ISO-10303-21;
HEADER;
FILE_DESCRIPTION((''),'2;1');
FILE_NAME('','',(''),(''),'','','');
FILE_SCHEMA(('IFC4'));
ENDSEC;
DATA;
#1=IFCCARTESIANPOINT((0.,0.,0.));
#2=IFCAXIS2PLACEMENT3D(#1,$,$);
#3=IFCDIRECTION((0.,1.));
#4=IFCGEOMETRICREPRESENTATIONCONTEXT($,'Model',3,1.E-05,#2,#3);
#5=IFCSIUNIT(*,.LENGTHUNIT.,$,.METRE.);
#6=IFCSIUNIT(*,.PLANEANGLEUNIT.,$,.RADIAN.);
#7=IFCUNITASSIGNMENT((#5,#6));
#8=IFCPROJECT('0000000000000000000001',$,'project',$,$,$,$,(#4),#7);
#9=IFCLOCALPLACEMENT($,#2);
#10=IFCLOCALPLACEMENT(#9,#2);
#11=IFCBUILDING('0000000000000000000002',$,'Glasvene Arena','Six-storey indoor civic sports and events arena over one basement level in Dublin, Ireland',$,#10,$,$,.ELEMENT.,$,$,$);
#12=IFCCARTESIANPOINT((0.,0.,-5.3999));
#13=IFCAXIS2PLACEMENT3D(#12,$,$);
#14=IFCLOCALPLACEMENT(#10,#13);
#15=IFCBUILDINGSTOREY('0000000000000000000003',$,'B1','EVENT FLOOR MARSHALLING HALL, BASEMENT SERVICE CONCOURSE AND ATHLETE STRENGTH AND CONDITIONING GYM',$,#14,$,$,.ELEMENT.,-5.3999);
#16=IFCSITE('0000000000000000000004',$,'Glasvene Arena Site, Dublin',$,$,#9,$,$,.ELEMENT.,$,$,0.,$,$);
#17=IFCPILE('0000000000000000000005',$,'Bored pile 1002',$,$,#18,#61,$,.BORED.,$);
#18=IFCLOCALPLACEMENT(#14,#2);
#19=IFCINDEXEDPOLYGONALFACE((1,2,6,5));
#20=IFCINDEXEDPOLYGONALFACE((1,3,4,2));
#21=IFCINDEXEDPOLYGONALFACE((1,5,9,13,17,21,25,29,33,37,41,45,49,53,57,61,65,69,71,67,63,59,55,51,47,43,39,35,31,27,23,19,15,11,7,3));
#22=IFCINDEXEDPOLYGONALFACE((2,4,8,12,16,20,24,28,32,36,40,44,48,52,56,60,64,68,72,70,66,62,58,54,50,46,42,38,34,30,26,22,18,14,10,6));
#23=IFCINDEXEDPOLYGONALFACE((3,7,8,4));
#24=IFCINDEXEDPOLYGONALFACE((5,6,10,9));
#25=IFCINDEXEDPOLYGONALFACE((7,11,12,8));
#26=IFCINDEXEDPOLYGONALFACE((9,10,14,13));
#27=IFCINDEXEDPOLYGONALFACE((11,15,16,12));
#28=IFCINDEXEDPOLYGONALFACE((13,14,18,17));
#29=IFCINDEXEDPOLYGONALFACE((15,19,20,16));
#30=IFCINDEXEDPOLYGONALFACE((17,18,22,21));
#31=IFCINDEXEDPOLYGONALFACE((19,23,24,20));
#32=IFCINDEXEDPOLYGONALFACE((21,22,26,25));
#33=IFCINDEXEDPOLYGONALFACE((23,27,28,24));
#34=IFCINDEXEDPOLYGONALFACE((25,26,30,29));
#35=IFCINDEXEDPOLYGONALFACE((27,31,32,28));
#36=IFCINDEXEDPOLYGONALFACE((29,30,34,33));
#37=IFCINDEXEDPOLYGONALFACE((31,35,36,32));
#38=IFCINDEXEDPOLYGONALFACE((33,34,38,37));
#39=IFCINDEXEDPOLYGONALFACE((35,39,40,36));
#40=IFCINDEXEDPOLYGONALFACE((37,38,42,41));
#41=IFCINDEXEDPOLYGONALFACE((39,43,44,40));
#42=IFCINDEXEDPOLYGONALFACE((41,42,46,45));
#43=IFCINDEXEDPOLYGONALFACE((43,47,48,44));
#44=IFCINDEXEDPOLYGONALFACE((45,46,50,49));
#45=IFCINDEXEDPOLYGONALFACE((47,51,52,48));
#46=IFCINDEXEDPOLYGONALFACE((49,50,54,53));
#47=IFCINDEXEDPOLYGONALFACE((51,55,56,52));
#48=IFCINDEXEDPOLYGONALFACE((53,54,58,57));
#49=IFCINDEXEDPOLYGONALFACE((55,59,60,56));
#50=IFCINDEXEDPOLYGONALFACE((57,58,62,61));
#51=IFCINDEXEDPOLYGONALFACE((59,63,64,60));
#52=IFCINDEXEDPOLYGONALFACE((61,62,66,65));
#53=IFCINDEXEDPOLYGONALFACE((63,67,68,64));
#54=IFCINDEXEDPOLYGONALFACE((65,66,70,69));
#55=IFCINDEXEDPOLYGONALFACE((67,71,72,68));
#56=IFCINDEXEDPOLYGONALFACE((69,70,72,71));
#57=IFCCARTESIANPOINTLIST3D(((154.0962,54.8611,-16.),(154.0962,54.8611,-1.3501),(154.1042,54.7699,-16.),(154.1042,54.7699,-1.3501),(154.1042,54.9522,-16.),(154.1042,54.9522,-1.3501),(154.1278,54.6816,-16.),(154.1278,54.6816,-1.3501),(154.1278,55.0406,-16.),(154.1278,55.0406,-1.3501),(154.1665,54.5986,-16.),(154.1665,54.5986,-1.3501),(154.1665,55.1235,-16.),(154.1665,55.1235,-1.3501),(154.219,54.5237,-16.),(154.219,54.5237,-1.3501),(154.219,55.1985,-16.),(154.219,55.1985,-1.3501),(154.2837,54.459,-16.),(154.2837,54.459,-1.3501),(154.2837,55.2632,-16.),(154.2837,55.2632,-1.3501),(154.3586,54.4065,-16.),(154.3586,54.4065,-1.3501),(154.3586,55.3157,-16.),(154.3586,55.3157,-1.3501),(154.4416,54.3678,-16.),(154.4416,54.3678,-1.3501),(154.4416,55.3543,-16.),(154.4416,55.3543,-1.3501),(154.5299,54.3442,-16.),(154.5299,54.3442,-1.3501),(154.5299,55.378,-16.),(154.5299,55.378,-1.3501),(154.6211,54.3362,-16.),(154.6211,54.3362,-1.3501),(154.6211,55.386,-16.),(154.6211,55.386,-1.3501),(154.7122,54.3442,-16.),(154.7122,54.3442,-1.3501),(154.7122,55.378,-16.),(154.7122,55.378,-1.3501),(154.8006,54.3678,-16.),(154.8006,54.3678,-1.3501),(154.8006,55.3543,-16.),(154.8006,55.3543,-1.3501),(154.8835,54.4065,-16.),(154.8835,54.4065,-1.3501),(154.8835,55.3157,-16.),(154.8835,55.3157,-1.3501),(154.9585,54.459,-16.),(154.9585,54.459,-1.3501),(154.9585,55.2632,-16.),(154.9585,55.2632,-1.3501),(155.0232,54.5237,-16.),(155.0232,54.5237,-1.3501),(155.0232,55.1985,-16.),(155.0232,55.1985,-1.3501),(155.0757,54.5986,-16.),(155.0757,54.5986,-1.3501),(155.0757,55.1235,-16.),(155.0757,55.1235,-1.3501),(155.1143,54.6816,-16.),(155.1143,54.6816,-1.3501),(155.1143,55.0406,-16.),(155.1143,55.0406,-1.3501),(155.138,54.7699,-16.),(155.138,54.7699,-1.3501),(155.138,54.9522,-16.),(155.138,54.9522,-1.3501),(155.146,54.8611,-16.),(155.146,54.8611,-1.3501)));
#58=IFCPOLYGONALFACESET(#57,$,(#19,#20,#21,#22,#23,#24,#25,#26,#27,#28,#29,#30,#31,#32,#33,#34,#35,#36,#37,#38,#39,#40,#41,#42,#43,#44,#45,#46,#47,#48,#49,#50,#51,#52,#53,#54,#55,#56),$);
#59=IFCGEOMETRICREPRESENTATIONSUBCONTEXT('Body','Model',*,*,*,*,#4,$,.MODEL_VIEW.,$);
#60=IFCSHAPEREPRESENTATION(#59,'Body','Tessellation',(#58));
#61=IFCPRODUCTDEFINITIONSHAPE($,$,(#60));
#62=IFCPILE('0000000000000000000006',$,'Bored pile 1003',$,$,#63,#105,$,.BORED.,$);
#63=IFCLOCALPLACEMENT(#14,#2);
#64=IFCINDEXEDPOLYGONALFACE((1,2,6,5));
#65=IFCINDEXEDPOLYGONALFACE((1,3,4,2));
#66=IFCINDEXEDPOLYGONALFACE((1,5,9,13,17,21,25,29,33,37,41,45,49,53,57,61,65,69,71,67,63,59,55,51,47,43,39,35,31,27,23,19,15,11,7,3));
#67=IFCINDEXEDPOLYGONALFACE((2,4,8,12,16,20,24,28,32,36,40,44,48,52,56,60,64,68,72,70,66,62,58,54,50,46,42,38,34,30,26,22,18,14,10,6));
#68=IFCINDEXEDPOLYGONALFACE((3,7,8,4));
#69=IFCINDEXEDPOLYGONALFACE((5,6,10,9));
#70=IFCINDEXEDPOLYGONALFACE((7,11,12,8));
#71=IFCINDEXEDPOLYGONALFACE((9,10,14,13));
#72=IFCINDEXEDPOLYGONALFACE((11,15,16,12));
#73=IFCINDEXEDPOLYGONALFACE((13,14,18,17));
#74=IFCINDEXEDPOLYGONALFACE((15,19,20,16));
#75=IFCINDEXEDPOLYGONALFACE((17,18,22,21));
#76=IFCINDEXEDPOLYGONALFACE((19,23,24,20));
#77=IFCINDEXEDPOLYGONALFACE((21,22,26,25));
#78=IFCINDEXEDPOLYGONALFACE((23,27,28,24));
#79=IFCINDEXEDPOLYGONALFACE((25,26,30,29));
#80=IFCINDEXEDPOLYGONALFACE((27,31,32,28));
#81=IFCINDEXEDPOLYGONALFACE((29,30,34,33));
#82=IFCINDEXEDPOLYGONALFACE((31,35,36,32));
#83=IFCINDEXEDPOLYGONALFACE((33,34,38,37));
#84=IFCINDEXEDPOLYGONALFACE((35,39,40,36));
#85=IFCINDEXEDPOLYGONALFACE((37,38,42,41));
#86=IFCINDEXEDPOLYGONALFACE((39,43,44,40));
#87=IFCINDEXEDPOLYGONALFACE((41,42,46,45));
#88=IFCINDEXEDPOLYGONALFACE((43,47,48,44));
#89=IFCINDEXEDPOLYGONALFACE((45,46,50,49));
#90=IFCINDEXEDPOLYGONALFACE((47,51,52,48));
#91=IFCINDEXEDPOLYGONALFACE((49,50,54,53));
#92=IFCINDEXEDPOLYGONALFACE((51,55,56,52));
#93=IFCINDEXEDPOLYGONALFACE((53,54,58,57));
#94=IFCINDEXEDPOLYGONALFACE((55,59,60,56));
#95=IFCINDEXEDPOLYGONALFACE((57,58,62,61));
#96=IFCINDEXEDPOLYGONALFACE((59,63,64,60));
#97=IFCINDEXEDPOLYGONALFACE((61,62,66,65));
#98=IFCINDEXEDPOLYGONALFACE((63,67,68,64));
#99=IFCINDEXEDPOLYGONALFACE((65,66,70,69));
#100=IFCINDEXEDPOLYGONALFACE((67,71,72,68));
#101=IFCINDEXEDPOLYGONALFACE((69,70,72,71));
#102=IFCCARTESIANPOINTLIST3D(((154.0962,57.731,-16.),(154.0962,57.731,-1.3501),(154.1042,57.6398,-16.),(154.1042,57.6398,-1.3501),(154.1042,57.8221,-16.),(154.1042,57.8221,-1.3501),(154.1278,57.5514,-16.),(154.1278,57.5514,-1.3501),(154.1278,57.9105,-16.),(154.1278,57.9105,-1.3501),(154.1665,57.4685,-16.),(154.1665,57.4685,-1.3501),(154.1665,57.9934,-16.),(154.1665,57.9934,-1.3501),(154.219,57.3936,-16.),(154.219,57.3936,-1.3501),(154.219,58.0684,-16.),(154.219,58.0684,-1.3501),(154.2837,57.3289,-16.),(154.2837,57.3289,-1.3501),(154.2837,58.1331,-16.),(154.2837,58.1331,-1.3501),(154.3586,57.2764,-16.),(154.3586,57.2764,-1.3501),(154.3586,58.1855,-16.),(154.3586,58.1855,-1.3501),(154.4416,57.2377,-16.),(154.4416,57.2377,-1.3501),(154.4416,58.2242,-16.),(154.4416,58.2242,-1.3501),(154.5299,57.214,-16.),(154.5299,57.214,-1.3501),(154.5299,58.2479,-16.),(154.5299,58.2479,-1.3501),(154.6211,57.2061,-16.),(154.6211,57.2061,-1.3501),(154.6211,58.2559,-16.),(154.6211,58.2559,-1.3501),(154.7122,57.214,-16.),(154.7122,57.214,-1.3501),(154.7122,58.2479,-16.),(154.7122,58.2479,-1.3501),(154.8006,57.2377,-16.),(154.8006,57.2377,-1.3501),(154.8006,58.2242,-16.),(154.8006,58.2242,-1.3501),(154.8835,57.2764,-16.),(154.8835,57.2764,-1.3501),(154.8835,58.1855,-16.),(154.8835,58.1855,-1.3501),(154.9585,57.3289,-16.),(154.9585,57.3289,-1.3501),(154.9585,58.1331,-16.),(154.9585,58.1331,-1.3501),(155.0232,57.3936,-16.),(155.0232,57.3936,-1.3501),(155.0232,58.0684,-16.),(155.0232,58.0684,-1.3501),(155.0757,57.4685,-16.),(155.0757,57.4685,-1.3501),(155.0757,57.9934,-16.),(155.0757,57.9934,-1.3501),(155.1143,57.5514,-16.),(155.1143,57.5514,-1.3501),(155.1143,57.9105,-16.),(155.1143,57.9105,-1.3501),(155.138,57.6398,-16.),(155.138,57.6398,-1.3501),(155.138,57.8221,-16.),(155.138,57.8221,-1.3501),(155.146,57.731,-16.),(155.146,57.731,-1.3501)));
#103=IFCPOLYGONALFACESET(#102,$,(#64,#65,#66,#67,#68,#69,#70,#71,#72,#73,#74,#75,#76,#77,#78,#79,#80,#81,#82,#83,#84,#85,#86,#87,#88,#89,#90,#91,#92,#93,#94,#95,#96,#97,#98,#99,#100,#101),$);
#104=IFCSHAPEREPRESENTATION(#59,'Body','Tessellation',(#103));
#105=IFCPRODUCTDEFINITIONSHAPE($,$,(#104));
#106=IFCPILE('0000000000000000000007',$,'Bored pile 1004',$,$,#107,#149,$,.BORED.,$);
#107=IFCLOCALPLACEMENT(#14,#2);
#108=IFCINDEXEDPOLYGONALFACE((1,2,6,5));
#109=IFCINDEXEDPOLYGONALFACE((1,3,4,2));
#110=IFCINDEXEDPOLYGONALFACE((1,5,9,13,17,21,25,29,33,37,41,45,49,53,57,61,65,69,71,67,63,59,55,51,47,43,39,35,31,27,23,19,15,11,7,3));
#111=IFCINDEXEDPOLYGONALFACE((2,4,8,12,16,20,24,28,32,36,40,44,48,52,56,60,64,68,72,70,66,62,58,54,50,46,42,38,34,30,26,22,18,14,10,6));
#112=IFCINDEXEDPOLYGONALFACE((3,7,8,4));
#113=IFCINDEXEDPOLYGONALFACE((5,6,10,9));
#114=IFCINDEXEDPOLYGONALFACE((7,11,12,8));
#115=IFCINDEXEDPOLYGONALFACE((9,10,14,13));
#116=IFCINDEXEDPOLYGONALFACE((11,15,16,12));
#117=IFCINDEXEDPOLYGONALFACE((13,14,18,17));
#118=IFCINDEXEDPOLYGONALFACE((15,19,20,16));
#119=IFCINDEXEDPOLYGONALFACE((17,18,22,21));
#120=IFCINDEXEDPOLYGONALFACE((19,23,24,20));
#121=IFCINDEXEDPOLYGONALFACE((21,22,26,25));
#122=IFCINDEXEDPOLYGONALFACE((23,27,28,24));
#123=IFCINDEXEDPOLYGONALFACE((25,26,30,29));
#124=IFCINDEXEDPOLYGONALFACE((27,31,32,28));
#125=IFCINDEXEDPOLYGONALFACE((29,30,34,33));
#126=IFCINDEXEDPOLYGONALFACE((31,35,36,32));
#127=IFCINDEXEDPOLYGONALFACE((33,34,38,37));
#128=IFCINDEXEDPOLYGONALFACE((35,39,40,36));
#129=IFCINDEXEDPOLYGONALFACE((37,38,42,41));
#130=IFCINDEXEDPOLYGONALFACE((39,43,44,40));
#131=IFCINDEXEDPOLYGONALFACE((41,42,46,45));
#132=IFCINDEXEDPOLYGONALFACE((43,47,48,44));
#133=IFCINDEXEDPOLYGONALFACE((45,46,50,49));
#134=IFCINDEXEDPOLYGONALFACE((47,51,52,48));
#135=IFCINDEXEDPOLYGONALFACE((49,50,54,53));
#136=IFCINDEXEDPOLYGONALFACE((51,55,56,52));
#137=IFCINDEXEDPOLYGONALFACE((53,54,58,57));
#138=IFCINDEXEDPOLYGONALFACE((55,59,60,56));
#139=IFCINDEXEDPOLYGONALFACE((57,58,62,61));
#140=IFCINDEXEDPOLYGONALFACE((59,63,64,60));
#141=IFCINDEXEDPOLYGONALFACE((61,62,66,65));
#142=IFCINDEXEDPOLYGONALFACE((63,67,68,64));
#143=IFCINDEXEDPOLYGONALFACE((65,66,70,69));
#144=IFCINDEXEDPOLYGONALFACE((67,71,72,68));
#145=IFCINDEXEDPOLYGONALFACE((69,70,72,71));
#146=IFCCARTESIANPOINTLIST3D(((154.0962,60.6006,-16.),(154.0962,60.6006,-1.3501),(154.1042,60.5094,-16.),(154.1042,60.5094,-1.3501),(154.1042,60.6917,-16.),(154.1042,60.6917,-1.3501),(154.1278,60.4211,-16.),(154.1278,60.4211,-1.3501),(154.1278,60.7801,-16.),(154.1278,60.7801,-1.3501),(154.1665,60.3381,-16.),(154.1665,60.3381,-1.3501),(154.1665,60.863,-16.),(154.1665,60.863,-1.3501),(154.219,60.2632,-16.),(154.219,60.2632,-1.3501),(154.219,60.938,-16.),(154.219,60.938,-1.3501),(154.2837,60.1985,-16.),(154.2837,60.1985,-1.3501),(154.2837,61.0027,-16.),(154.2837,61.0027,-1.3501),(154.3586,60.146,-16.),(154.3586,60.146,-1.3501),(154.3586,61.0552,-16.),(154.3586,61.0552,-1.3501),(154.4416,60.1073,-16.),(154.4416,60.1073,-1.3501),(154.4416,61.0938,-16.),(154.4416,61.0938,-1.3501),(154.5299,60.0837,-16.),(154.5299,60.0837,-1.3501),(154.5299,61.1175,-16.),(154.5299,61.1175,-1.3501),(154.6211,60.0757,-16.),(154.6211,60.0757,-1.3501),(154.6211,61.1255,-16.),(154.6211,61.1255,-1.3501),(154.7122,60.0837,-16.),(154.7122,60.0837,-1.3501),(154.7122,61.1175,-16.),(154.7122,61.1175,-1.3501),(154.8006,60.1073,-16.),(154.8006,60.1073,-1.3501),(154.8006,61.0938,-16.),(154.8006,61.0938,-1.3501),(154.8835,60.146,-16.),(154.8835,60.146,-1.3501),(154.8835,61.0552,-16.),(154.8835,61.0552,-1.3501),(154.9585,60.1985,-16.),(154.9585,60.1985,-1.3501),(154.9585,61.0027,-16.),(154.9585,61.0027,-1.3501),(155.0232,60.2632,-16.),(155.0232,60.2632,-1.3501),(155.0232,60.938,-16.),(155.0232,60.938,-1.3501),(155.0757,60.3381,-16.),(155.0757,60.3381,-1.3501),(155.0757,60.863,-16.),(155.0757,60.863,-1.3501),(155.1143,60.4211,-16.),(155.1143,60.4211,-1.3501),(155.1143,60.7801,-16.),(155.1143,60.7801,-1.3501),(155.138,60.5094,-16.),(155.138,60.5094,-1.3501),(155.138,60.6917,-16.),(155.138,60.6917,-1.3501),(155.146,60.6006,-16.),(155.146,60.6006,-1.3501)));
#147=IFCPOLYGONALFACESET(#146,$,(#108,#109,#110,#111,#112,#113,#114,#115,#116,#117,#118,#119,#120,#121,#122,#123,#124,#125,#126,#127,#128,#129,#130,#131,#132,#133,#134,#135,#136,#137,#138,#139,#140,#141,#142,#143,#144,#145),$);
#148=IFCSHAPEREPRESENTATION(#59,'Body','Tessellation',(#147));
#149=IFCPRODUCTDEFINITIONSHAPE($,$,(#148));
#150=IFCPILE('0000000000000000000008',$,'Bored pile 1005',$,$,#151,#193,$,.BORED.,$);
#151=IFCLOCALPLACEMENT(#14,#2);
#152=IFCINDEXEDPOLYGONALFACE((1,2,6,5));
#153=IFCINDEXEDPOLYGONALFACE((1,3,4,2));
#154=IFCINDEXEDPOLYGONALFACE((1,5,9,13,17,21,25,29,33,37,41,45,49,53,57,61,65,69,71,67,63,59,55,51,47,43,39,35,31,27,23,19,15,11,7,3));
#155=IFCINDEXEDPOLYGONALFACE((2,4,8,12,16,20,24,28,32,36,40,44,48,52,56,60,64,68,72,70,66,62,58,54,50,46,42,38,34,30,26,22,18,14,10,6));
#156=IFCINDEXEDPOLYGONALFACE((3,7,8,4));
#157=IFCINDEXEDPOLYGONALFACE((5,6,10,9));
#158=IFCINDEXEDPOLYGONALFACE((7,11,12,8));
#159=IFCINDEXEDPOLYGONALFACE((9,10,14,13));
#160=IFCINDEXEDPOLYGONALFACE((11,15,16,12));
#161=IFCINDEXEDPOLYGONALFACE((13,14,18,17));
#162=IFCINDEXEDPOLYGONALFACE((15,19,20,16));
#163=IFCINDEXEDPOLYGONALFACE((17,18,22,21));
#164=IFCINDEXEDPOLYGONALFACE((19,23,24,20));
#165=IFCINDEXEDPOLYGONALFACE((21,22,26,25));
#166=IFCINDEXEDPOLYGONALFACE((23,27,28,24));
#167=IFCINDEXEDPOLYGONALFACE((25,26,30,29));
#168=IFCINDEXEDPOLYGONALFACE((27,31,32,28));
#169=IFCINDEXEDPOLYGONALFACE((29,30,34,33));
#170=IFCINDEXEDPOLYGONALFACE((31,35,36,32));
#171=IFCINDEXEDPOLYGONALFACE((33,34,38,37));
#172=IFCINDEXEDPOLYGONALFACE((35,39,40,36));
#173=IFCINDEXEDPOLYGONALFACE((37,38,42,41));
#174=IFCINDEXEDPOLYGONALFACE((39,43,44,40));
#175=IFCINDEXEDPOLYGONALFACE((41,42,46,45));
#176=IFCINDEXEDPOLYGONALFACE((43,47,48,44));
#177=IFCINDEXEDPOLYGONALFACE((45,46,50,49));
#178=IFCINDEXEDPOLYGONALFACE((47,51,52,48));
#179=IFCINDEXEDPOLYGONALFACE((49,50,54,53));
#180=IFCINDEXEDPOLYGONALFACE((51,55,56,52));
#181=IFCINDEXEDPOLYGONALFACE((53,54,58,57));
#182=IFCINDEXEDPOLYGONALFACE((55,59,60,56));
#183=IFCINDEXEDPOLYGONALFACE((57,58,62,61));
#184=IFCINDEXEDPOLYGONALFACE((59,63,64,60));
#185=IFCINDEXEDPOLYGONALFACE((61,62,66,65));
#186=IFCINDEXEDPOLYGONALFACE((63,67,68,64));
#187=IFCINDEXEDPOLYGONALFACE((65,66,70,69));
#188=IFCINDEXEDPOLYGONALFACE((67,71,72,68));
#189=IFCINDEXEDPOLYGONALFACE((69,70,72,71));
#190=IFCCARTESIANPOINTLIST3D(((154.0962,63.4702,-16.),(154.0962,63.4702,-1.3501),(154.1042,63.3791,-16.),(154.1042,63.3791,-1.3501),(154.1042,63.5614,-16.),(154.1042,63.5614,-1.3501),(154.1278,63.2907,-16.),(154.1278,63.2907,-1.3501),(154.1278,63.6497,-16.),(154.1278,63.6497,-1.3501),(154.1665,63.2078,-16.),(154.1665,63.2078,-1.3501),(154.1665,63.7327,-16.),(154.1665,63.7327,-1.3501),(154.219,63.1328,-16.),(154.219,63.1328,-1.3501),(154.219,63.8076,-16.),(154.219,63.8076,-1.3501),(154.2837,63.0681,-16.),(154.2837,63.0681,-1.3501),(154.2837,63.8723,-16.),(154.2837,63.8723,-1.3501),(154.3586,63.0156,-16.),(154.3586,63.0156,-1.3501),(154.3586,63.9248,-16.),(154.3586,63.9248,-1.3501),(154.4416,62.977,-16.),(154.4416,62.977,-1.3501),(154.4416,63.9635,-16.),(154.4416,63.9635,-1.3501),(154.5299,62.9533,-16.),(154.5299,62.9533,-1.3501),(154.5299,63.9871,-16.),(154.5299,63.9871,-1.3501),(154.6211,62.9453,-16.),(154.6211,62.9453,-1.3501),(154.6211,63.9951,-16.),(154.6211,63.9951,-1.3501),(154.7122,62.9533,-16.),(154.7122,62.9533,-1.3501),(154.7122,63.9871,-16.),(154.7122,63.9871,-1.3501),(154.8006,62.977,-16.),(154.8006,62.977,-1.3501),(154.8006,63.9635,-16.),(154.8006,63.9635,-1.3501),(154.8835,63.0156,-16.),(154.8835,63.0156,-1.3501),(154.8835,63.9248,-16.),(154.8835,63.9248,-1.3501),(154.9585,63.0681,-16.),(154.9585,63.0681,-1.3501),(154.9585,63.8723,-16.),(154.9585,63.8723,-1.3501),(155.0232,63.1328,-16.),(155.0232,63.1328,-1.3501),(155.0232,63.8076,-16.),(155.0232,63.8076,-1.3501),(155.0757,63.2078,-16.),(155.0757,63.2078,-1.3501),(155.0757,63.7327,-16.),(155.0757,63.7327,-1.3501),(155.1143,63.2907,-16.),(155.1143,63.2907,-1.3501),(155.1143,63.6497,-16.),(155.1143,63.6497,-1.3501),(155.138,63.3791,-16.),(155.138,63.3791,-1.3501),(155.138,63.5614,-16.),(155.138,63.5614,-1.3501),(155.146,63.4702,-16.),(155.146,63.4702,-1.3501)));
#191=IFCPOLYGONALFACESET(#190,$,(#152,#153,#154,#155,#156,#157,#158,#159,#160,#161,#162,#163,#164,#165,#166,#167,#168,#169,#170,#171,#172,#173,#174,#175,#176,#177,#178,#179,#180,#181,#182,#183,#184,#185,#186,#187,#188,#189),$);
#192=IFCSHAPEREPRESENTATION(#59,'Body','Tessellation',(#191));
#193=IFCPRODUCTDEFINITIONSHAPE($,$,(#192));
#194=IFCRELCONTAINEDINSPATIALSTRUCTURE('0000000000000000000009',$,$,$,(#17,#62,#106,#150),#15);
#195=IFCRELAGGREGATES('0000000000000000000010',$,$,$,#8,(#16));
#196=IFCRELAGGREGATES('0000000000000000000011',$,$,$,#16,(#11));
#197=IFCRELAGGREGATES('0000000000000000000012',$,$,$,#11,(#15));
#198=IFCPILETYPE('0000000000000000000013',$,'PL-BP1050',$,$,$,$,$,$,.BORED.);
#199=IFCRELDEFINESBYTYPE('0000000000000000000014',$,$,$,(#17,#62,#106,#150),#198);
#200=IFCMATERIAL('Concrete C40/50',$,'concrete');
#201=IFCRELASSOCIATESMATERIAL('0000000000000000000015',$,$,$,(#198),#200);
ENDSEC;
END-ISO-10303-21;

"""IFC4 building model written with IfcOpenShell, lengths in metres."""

from ifc_helpers import new_model, si_unit, direction, frame, origin, origin_2d, place, context, subcontext, project, spatial, circle, extrude, material, material_profile, profile_set, type_object, element, save


model = new_model("IFC4")

# Units and contexts
model_context = context("Model", 3, precision=1e-05, world=origin(), true_north=direction((0.0, 1.0)))
body_context = subcontext(model_context, "Body", "Model", "MODEL_VIEW")
ifc_project = project(units=[si_unit("LENGTHUNIT", "METRE"), si_unit("PLANEANGLEUNIT", "RADIAN")], contexts=[model_context])

# Site, building, storey
site_placement = place(None, origin())
site = spatial("IfcSite", under=ifc_project, at=site_placement, Name="Glasvene Arena Site, Dublin", CompositionType="ELEMENT", RefElevation=0.0)
building_placement = place(site_placement, origin())
building = spatial("IfcBuilding", under=site, at=building_placement, Name="Glasvene Arena", Description="Six-storey indoor civic sports and events arena over one basement level in Dublin, Ireland", CompositionType="ELEMENT")
storey_placement = place(building_placement, frame((0.0, 0.0, -5.3999)))
storey = spatial("IfcBuildingStorey", under=building, at=storey_placement, Name="B1", Description="EVENT FLOOR MARSHALLING HALL, BASEMENT SERVICE CONCOURSE AND ATHLETE STRENGTH AND CONDITIONING GYM", CompositionType="ELEMENT", Elevation=-5.3999)

# Piles
ifc_material_1 = material(Name="Concrete C40/50", Category="concrete")
ifc_material_profile_1 = material_profile(ifc_material_1, circle(Radius=0.5249, at=origin_2d()), Name="BORED PILE 1050")
ifc_profile_set_1 = profile_set([ifc_material_profile_1], Name="Concrete C40/50")
pile_type = type_object("IfcPileType", Name="PL-BP1050", PredefinedType="BORED", material=ifc_profile_set_1)
for number, where, z_axis, x_axis, name in (
    (1, (154.6211, 54.8611, -1.3501), (0.0, 0.0, -1.0), (1.0, 0.0, 0.0), "Bored pile 1002"),
    (2, (154.6211, 57.731, -1.3501), (0.0, 0.0, -1.0), (1.0, 0.0, 0.0), "Bored pile 1003"),
    (3, (154.6211, 60.6006, -1.3501), (0.0, 0.0, -1.0), (1.0, 0.0, 0.0), "Bored pile 1004"),
    (4, (154.6211, 63.4702, -1.3501), (0.0, 0.0, -1.0), (1.0, 0.0, 0.0), "Bored pile 1005"),
):
    element("IfcPile", number, at=place(storey_placement, frame(where, z_axis=z_axis, x_axis=x_axis)), inside=storey, type_object=pile_type, Name=name, PredefinedType="BORED", context=body_context, shape_type="SweptSolid", body=[
        extrude(circle(Radius=0.5249, at=origin_2d()), origin(), (0.0, 0.0, 1.0), 14.6499),
    ])

save(model, "model.ifc")
